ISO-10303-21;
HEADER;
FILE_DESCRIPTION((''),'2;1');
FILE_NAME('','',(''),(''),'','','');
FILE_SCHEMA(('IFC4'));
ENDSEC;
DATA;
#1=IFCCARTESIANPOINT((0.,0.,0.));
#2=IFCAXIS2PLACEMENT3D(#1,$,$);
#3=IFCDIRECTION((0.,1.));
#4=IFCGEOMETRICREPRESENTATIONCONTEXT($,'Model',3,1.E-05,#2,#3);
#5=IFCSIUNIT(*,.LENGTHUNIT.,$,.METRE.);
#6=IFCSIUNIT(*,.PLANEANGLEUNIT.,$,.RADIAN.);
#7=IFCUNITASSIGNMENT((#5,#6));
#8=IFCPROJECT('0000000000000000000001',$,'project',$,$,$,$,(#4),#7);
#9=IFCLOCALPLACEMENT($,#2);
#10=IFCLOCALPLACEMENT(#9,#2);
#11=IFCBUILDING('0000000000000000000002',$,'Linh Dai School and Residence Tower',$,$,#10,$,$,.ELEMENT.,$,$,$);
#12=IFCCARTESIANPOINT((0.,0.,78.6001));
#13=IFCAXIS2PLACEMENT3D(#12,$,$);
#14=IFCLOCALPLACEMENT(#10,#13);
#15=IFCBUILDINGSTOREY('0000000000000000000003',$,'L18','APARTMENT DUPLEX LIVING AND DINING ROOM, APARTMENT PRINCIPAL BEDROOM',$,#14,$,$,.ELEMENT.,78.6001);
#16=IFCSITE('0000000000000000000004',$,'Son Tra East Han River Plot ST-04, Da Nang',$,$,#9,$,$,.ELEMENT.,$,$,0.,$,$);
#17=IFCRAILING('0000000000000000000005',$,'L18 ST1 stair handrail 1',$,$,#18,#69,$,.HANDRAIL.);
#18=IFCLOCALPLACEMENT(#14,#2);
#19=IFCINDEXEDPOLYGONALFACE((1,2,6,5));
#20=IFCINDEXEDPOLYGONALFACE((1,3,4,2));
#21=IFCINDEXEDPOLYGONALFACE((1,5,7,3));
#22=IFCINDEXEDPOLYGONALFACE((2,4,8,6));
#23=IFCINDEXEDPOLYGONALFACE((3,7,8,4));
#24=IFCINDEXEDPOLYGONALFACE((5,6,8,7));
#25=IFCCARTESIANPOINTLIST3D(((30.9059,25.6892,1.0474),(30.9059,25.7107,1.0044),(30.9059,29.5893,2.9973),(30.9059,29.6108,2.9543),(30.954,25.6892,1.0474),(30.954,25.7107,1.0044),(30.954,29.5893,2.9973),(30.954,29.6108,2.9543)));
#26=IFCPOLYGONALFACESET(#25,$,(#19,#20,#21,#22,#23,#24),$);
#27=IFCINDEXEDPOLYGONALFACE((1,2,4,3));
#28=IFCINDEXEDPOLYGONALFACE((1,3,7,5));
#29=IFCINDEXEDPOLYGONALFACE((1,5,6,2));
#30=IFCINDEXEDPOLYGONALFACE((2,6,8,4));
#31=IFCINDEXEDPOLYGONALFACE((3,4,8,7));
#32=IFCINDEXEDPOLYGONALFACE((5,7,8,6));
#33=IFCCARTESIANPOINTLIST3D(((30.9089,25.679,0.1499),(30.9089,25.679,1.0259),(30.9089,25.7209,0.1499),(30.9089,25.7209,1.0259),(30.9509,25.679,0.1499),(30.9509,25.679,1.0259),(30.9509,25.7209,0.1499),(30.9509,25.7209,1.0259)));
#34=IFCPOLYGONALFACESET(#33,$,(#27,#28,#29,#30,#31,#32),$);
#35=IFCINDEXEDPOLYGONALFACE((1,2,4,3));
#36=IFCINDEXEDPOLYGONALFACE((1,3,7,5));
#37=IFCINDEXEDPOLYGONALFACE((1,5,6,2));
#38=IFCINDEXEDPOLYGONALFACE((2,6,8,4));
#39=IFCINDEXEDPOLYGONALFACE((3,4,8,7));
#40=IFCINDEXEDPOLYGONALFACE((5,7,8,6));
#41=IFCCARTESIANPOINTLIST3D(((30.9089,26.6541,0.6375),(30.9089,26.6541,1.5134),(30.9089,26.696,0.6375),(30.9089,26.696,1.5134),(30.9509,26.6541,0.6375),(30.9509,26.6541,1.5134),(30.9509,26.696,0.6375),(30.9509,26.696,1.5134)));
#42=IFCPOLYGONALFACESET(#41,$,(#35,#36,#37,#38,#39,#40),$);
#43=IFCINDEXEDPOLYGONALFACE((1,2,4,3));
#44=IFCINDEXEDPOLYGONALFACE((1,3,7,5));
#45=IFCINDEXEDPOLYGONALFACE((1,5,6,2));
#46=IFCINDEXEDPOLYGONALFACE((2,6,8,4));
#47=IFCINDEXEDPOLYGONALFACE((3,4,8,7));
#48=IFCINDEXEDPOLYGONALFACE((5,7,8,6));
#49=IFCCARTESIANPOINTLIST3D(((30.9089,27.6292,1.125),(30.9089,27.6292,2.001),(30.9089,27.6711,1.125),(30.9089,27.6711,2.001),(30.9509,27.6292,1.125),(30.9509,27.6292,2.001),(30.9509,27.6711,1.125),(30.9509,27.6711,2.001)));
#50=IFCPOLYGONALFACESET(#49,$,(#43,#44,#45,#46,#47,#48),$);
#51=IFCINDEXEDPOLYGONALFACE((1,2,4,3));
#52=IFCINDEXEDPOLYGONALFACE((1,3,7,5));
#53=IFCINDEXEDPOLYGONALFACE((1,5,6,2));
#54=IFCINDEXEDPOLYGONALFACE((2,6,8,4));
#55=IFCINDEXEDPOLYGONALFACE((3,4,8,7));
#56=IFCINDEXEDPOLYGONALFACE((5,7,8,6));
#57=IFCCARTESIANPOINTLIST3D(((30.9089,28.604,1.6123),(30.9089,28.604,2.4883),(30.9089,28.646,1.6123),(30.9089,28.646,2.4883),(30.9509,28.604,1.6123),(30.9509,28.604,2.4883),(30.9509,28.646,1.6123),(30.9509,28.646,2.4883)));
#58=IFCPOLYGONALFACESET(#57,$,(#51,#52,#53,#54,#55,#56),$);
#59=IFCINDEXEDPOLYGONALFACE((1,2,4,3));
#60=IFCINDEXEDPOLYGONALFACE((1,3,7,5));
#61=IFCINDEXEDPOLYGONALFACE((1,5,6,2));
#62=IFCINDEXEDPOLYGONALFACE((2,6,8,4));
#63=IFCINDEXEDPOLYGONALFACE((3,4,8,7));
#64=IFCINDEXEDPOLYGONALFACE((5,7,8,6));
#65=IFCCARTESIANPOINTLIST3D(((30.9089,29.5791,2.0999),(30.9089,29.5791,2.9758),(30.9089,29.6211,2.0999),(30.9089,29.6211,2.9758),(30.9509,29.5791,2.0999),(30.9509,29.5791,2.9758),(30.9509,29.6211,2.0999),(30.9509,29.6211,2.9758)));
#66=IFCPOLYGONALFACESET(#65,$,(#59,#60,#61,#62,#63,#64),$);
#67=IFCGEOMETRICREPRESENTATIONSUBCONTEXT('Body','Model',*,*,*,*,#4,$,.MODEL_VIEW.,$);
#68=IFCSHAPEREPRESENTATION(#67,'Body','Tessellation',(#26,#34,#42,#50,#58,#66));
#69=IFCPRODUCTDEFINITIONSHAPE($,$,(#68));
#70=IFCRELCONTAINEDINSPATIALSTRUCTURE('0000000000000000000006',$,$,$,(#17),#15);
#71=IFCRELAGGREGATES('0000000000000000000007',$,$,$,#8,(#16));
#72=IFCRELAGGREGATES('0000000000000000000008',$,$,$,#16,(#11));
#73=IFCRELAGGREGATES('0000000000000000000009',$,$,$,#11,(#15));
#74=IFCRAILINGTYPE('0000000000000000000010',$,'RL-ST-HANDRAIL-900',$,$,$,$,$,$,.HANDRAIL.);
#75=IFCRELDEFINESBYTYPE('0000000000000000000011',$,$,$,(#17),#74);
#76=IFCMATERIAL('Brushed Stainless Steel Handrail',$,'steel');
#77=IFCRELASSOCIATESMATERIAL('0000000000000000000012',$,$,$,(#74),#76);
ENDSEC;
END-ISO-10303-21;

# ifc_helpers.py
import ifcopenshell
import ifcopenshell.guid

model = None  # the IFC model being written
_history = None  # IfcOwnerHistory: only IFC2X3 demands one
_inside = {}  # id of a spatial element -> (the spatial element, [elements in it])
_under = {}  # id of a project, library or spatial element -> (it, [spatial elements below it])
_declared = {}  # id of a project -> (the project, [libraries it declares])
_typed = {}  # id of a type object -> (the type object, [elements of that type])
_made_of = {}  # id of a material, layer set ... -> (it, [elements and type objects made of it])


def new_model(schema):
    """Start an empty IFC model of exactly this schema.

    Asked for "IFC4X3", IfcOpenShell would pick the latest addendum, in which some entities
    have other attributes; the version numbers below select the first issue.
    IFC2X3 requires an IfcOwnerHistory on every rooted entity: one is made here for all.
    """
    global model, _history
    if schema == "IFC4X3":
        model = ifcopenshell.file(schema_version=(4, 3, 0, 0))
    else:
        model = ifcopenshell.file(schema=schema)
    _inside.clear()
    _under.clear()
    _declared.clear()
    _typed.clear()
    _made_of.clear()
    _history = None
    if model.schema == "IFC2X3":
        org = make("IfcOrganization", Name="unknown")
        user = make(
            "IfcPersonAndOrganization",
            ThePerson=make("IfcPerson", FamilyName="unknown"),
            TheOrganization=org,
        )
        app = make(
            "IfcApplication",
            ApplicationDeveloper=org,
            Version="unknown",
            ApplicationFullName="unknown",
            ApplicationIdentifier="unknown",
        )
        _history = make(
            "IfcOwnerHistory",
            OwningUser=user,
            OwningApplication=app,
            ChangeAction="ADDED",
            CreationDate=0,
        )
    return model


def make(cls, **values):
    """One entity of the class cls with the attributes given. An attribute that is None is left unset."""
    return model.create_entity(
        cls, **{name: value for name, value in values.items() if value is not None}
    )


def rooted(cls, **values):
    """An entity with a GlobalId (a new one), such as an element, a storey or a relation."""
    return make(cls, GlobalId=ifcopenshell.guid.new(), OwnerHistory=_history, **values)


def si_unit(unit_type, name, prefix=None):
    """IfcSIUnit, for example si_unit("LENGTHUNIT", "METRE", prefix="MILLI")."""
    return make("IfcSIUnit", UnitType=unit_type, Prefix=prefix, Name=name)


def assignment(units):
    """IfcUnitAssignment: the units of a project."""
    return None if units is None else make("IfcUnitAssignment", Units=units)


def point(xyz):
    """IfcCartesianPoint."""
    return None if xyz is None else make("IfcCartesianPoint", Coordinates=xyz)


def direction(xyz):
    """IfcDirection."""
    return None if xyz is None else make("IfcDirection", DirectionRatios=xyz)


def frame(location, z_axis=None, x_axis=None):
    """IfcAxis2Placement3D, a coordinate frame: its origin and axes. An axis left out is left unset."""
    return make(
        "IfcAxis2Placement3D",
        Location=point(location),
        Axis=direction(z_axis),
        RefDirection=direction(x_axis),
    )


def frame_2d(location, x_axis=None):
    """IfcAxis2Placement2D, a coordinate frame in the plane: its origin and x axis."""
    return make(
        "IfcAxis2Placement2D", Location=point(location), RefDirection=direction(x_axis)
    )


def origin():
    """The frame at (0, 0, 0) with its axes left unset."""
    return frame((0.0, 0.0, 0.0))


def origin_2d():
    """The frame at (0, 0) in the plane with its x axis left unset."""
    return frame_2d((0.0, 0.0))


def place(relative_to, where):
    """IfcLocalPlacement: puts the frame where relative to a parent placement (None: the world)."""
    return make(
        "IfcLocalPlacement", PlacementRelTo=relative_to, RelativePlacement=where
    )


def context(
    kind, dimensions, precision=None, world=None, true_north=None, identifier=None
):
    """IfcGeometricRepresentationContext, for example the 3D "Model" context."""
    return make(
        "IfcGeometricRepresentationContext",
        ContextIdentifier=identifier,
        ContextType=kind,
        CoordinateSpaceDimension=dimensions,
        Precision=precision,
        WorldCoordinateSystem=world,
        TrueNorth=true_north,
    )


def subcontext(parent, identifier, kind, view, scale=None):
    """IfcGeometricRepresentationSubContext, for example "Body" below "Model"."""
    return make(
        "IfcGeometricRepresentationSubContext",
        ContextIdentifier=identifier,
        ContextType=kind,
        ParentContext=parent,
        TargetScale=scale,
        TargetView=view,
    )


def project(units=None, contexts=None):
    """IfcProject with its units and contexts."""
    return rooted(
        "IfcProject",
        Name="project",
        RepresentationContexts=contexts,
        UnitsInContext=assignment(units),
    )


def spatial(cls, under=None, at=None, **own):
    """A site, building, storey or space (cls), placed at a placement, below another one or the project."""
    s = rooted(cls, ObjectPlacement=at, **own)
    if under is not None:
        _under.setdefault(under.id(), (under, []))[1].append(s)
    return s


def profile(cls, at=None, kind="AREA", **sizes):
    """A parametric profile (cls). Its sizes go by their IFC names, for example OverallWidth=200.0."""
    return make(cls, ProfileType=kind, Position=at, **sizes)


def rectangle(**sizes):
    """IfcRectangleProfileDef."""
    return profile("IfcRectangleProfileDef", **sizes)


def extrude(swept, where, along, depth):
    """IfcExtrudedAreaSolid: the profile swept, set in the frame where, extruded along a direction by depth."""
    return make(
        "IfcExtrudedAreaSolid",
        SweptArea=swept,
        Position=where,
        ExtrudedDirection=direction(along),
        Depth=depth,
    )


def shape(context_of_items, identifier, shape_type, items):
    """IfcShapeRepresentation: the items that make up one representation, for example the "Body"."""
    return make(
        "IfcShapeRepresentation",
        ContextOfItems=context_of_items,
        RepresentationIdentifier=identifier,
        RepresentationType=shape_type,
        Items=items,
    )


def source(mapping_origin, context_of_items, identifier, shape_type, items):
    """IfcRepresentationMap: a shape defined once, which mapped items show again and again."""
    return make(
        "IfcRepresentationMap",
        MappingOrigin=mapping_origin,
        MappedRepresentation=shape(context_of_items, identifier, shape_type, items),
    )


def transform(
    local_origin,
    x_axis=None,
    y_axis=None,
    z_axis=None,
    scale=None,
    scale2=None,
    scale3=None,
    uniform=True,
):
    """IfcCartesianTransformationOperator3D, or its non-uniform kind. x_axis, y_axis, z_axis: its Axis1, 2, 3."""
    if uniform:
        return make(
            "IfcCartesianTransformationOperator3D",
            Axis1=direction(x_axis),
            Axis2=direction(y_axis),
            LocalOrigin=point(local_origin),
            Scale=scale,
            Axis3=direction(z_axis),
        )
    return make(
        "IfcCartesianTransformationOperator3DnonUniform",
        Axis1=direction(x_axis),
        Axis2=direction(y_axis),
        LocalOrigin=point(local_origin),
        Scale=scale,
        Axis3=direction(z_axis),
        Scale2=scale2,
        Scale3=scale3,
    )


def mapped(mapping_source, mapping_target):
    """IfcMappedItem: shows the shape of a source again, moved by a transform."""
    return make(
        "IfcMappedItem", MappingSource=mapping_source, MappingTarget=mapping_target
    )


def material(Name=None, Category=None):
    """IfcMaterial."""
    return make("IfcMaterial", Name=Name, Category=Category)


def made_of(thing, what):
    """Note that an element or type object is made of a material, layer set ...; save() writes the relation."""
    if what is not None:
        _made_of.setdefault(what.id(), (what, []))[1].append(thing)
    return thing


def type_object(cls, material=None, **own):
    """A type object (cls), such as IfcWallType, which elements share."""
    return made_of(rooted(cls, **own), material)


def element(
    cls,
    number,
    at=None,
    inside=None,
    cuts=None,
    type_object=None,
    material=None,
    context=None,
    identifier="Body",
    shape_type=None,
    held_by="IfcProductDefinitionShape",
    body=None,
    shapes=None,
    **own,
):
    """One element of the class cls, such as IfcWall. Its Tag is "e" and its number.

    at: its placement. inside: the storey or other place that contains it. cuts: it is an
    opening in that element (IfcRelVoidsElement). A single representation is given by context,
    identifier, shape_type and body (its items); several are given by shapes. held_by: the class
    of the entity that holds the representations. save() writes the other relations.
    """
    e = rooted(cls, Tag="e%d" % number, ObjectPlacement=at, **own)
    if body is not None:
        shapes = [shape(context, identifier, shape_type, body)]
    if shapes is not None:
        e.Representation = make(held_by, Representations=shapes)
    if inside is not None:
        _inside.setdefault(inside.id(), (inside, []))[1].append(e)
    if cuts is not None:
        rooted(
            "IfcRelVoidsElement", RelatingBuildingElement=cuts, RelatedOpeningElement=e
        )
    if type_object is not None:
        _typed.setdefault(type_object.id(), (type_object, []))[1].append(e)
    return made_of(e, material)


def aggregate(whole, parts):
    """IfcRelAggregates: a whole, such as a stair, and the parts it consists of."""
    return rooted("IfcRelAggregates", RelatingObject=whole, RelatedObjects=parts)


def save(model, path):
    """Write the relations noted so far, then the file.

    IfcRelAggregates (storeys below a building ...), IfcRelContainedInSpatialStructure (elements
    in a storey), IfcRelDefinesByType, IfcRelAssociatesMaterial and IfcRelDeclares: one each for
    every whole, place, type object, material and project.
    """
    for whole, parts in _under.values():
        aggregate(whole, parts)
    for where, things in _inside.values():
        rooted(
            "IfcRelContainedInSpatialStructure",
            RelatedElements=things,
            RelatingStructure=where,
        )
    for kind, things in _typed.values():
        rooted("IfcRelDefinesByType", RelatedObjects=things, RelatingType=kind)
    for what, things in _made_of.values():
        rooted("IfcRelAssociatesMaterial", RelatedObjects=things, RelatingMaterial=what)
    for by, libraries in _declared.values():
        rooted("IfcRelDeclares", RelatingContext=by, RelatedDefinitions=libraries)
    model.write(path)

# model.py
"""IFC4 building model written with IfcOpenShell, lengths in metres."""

from ifc_helpers import new_model, si_unit, direction, frame, origin, origin_2d, place, context, subcontext, project, spatial, rectangle, extrude, source, transform, mapped, material, type_object, element, save


model = new_model("IFC4")

# Units and contexts
model_context = context("Model", 3, precision=1e-05, world=origin(), true_north=direction((0.0, 1.0)))
body_context = subcontext(model_context, "Body", "Model", "MODEL_VIEW")
ifc_project = project(units=[si_unit("LENGTHUNIT", "METRE"), si_unit("PLANEANGLEUNIT", "RADIAN")], contexts=[model_context])

# Site, building, storey
site_placement = place(None, origin())
site = spatial("IfcSite", under=ifc_project, at=site_placement, Name="Son Tra East Han River Plot ST-04, Da Nang", CompositionType="ELEMENT", RefElevation=0.0)
building_placement = place(site_placement, origin())
building = spatial("IfcBuilding", under=site, at=building_placement, Name="Linh Dai School and Residence Tower", CompositionType="ELEMENT")
storey_placement = place(building_placement, frame((0.0, 0.0, 78.6001)))
storey = spatial("IfcBuildingStorey", under=building, at=storey_placement, Name="L18", Description="APARTMENT DUPLEX LIVING AND DINING ROOM, APARTMENT PRINCIPAL BEDROOM", CompositionType="ELEMENT", Elevation=78.6001)

# Railing
ifc_material_1 = material(Name="Brushed Stainless Steel Handrail", Category="steel")
railing_type_1 = type_object("IfcRailingType", Name="RL-ST-HANDRAIL-900", PredefinedType="HANDRAIL", material=ifc_material_1)
shared_shape_1 = source(origin(), body_context, "Body", "SweptSolid", [
    extrude(rectangle(XDim=0.0481, YDim=0.0481, at=origin_2d()), frame((0.0, 0.0, 0.876), z_axis=(0.0, 0.894438, 0.447191), x_axis=(-1.0, 0.0, 0.0)), (0.0, 0.0, 1.0), 4.3604),
    extrude(rectangle(XDim=0.042, YDim=0.042, at=origin_2d()), origin(), (0.0, 0.0, 1.0), 0.876),
    extrude(rectangle(XDim=0.042, YDim=0.042, at=origin_2d()), frame((0.0, 0.9751, 0.4875)), (0.0, 0.0, 1.0), 0.876),
    extrude(rectangle(XDim=0.042, YDim=0.042, at=origin_2d()), frame((0.0, 1.9502, 0.9751)), (0.0, 0.0, 1.0), 0.876),
    extrude(rectangle(XDim=0.042, YDim=0.042, at=origin_2d()), frame((0.0, 2.925, 1.4624)), (0.0, 0.0, 1.0), 0.876),
    extrude(rectangle(XDim=0.042, YDim=0.042, at=origin_2d()), frame((0.0, 3.9001, 1.95)), (0.0, 0.0, 1.0), 0.876),
])
railing_1_placement = place(storey_placement, frame((30.9299, 25.7, 0.1499)))
element("IfcRailing", 1, at=railing_1_placement, inside=storey, type_object=railing_type_1, Name="L18 ST1 stair handrail 1", PredefinedType="HANDRAIL", context=body_context, shape_type="MappedRepresentation", body=[
    mapped(shared_shape_1, transform((0.0, 0.0, 0.0), x_axis=(1.0, 0.0, 0.0), y_axis=(0.0, 1.0, 0.0), z_axis=(0.0, 0.0, 1.0), scale=1.0)),
])

save(model, "model.ifc")
